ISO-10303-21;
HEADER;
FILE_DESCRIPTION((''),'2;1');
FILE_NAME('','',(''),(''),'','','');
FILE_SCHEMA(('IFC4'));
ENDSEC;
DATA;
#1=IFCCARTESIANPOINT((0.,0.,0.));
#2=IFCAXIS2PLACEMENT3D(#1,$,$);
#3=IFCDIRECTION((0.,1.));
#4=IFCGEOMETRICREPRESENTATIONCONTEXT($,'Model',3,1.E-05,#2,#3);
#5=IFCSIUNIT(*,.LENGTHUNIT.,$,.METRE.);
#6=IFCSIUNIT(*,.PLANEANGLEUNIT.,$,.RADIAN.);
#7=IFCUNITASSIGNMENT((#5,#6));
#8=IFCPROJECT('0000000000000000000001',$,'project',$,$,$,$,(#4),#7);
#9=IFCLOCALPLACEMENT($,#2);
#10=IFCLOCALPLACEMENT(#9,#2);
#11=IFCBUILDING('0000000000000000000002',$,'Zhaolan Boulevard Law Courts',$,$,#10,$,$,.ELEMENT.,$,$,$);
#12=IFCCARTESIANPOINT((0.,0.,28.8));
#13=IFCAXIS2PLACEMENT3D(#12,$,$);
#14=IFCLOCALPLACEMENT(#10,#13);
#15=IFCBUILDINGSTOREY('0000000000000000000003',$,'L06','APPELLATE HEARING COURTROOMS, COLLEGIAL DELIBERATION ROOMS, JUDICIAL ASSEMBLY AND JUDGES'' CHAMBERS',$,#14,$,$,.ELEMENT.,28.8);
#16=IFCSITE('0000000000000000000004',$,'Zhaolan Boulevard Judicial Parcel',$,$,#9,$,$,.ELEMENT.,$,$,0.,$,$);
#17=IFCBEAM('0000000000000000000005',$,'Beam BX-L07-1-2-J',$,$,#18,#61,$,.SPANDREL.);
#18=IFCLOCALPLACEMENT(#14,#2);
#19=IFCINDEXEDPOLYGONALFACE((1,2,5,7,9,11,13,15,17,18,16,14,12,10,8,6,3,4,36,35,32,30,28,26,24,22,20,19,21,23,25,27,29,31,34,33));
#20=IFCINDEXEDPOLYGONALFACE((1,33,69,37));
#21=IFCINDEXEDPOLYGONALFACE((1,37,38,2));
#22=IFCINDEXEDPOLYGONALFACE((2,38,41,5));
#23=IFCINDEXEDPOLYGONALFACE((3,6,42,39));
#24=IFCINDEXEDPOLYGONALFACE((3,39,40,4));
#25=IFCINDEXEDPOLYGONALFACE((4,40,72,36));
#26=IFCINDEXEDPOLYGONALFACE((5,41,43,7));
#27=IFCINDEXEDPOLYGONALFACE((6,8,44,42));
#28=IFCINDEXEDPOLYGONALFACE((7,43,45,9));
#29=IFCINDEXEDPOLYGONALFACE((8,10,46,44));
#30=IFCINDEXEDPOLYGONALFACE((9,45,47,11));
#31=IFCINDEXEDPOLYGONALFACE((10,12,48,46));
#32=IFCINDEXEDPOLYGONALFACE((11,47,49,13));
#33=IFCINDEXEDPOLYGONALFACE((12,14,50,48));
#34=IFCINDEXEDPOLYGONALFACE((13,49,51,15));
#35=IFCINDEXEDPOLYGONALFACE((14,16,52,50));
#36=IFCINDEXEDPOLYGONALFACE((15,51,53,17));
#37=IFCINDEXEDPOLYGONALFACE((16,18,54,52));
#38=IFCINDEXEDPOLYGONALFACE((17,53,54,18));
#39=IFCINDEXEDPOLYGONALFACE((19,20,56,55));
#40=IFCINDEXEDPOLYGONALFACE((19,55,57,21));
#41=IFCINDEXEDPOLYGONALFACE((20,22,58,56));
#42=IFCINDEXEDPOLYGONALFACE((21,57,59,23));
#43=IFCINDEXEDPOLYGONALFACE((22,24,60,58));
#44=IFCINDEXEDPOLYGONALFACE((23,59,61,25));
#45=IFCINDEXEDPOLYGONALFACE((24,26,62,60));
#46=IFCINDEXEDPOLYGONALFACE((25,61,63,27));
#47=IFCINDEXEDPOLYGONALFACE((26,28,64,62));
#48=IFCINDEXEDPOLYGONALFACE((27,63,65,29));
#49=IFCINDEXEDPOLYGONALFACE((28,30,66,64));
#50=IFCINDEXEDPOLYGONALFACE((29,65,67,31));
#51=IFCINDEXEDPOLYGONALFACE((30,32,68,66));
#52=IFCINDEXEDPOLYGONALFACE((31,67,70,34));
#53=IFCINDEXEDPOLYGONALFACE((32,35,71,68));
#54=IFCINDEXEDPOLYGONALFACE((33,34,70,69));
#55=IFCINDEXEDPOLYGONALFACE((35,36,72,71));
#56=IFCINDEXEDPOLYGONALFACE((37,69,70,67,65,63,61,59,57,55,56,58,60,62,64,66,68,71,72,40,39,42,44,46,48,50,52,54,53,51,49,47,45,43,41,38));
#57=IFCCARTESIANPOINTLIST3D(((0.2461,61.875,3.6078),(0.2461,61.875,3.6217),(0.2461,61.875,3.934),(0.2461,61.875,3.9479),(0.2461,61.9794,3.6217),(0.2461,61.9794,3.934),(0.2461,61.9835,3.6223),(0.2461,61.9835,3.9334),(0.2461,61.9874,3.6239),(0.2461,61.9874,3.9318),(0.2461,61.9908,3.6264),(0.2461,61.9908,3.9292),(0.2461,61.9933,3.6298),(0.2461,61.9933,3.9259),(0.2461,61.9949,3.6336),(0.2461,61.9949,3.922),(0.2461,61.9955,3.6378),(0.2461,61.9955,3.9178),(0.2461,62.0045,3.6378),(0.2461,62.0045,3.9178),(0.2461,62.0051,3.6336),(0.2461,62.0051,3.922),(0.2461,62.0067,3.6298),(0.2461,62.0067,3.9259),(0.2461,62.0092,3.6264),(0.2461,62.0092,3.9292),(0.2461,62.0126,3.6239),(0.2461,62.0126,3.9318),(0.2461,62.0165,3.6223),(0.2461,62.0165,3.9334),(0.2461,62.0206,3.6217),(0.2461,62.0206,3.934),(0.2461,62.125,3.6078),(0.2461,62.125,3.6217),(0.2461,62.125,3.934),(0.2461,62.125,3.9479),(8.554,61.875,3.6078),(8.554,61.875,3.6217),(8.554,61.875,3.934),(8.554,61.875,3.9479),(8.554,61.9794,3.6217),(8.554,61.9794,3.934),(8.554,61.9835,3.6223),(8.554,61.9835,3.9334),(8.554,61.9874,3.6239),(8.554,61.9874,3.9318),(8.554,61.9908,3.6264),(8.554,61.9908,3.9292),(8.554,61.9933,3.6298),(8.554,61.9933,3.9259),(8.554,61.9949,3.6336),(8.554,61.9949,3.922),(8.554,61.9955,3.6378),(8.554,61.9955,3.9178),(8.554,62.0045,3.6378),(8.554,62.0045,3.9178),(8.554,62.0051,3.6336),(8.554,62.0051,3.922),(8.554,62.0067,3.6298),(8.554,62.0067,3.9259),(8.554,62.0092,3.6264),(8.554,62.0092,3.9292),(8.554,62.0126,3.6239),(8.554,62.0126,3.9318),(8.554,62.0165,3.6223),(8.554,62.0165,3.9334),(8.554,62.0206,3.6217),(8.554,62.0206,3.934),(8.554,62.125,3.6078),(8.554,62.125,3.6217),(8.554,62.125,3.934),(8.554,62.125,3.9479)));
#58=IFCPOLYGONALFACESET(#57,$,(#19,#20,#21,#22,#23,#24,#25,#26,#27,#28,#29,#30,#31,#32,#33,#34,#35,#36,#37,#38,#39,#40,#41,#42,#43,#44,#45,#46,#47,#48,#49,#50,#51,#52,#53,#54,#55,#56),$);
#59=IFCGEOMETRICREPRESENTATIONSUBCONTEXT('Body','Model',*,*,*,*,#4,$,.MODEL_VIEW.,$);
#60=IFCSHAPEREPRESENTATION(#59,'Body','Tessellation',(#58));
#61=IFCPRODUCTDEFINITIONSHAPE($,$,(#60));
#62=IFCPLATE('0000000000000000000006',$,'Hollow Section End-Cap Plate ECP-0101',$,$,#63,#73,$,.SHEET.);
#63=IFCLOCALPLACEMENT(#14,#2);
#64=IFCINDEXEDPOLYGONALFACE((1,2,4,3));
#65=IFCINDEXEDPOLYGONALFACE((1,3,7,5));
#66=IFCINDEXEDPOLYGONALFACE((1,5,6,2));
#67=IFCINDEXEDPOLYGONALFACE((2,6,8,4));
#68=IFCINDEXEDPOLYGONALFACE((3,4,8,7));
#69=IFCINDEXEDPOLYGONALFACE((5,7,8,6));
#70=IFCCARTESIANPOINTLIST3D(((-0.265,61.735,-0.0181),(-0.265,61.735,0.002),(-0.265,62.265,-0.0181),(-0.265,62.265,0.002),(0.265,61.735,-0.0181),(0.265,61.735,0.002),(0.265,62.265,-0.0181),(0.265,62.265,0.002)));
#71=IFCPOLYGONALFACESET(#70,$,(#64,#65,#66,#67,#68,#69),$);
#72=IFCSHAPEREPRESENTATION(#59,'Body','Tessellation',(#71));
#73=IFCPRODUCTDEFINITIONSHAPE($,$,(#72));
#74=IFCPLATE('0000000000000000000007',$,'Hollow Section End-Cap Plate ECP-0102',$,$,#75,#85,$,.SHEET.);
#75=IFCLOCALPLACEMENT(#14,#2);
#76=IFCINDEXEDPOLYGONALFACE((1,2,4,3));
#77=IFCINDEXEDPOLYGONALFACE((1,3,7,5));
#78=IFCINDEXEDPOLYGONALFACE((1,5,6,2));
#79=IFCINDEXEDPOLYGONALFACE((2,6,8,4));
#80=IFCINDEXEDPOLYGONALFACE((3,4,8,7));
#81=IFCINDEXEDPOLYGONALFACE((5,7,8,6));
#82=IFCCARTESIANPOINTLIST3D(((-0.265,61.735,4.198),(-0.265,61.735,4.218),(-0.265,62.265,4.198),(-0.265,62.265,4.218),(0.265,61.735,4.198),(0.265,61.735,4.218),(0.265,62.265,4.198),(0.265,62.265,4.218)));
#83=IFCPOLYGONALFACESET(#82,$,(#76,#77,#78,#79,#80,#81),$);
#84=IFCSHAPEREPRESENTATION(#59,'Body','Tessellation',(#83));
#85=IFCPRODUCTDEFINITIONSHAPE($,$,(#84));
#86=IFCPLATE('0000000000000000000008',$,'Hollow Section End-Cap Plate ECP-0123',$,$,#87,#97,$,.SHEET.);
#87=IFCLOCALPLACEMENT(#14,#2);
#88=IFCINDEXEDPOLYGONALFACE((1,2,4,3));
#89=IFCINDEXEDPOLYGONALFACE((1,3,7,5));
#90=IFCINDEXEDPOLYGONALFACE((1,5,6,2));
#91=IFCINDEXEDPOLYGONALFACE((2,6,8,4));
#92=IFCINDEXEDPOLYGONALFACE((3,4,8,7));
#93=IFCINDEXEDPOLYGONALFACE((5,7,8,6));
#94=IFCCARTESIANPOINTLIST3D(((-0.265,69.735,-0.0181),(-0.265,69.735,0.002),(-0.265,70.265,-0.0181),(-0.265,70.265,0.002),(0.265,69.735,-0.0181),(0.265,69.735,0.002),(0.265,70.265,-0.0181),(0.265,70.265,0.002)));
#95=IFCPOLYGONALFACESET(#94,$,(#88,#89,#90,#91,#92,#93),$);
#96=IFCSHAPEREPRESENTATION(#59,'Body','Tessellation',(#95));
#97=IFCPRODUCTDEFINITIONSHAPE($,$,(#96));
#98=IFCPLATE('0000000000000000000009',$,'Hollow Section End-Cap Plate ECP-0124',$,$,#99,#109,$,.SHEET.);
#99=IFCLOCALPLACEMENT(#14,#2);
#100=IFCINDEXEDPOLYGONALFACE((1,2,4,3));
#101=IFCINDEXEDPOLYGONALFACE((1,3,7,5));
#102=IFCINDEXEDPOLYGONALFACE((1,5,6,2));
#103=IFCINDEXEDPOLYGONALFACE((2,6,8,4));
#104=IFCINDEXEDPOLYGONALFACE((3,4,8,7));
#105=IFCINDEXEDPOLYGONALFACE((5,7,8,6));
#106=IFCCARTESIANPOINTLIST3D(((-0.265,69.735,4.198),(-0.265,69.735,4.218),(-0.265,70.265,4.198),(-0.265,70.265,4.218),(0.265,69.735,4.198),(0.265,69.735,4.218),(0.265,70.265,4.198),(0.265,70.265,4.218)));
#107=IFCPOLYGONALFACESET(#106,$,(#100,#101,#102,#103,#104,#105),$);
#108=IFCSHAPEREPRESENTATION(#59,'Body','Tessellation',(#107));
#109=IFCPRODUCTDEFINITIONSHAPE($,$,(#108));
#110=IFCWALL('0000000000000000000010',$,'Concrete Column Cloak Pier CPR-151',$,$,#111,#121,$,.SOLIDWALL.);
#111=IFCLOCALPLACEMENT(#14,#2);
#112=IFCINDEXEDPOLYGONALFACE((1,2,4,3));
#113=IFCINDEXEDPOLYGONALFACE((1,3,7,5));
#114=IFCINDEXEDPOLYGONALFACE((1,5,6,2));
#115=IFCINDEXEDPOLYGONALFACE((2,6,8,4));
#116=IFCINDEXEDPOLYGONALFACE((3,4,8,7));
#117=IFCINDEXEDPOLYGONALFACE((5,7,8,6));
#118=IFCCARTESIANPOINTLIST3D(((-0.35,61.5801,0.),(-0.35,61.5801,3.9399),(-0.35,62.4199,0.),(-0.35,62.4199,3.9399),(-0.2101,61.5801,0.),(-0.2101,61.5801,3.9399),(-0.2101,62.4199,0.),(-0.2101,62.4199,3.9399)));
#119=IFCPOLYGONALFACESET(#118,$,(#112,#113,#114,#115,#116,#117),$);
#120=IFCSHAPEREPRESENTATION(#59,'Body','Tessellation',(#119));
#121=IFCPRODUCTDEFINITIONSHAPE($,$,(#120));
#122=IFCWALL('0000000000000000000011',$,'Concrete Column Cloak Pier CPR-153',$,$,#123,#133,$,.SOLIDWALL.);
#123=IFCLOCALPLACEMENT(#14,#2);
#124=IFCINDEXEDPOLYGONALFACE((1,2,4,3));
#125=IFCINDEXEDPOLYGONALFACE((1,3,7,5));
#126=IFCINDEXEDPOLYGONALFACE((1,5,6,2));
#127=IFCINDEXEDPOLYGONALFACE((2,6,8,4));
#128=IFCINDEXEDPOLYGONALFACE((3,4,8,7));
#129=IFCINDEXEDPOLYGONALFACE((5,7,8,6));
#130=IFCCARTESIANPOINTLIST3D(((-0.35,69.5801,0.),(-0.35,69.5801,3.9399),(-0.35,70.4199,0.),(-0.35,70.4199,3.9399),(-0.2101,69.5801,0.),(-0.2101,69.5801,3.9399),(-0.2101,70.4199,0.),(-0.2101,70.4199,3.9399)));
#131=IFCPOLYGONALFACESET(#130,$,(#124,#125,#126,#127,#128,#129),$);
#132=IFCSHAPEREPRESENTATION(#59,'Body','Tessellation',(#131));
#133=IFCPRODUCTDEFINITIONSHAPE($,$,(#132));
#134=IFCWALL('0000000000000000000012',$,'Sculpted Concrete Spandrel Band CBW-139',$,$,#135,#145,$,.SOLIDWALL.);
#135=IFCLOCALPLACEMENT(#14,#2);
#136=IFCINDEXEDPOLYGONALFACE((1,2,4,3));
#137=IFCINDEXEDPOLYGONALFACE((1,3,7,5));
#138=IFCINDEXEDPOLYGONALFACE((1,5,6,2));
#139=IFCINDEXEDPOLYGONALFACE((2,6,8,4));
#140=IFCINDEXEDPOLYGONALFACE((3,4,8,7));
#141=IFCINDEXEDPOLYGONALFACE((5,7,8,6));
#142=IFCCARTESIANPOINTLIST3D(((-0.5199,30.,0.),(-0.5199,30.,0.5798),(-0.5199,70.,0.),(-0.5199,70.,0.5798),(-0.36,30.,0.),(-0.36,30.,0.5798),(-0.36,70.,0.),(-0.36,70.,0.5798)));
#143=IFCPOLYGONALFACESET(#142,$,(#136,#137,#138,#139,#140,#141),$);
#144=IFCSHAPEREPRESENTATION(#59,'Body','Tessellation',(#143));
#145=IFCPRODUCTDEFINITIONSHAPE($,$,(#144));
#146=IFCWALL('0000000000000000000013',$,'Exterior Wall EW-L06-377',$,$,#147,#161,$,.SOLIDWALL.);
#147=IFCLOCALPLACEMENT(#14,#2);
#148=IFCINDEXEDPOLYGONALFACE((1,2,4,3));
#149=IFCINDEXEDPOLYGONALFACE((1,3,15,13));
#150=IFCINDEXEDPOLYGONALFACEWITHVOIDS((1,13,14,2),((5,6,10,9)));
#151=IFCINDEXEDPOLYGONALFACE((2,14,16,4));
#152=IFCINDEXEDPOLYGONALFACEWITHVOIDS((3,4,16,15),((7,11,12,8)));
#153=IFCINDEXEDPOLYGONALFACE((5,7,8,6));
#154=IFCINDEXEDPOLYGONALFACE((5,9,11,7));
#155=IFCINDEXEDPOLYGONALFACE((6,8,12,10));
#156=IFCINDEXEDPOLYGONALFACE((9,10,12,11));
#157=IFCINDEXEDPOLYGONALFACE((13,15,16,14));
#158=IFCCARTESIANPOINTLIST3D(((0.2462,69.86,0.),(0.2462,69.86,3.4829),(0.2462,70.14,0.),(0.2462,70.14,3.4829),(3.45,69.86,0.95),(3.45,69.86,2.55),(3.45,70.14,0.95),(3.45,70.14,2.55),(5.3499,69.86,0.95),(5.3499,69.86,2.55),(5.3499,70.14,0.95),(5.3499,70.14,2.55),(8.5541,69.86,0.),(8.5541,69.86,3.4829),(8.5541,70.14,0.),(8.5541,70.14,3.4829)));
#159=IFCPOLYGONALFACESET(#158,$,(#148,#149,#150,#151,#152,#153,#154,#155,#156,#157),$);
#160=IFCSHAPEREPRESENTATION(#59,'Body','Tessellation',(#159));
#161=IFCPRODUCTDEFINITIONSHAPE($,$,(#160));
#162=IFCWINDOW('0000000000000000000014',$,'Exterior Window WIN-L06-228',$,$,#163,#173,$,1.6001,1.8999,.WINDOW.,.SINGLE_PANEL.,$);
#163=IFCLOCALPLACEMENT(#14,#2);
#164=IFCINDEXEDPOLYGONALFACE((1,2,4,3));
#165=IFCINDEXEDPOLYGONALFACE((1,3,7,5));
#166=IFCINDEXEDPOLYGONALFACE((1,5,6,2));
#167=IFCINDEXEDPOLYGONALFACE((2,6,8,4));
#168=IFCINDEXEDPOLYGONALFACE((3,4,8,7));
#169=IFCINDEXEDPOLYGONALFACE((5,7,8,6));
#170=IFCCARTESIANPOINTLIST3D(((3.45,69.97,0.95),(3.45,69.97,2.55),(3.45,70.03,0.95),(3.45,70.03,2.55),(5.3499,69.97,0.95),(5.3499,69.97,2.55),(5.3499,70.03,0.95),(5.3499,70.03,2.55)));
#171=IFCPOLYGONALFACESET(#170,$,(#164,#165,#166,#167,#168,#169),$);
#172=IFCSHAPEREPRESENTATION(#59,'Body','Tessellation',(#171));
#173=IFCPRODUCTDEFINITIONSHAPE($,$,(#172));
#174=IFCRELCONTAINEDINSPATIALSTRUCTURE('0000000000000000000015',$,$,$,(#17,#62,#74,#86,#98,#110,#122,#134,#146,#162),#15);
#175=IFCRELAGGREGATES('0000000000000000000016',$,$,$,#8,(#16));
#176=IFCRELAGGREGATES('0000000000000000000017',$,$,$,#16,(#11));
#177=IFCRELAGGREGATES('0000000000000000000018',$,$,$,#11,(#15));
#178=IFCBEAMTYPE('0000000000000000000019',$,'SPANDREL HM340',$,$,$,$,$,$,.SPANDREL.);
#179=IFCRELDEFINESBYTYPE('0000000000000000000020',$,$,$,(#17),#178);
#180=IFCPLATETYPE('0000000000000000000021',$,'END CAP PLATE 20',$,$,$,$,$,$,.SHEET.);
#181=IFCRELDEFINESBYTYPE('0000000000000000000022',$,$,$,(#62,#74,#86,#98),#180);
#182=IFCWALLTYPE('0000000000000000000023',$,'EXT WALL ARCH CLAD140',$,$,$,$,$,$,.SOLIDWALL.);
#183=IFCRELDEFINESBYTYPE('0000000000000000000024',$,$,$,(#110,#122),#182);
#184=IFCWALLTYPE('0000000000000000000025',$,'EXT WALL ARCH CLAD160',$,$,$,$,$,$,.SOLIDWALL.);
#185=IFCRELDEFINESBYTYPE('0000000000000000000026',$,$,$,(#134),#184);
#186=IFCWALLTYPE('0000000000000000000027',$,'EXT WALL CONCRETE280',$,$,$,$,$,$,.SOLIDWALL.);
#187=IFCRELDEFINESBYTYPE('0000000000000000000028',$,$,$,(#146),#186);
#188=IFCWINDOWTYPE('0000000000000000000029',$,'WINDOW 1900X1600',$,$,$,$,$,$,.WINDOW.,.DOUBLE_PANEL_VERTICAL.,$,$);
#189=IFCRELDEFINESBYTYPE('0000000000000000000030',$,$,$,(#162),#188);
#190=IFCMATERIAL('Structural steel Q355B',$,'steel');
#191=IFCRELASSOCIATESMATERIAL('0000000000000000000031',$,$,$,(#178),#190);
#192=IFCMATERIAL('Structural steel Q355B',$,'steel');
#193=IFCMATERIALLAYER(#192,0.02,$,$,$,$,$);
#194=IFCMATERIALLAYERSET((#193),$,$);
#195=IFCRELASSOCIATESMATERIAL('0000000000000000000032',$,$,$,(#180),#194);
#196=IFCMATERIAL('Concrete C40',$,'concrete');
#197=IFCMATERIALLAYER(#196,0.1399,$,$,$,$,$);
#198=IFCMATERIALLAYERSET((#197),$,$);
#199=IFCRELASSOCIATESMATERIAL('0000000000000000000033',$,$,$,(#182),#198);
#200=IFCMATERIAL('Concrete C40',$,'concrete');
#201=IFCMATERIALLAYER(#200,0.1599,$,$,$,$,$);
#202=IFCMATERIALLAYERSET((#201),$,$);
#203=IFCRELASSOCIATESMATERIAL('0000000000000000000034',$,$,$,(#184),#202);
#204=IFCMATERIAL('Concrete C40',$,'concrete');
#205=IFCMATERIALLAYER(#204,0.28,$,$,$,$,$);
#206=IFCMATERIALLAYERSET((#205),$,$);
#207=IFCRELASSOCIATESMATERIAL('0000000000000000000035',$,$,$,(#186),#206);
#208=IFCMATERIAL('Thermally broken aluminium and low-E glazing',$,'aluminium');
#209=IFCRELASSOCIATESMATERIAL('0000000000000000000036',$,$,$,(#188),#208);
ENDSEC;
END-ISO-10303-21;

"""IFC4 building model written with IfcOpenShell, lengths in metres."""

from ifc_helpers import new_model, si_unit, direction, frame, frame_2d, origin, origin_2d, place, context, subcontext, project, spatial, rectangle, i_section, extrude, material, layer, layer_set, material_profile, profile_set, type_object, element, fill, save


model = new_model("IFC4")

# Units and contexts
model_context = context("Model", 3, precision=1e-05, world=origin(), true_north=direction((0.0, 1.0)))
body_context = subcontext(model_context, "Body", "Model", "MODEL_VIEW")
ifc_project = project(units=[si_unit("LENGTHUNIT", "METRE"), si_unit("PLANEANGLEUNIT", "RADIAN")], contexts=[model_context])

# Site, building, storey
site_placement = place(None, origin())
site = spatial("IfcSite", under=ifc_project, at=site_placement, Name="Zhaolan Boulevard Judicial Parcel", CompositionType="ELEMENT", RefElevation=0.0)
building_placement = place(site_placement, origin())
building = spatial("IfcBuilding", under=site, at=building_placement, Name="Zhaolan Boulevard Law Courts", CompositionType="ELEMENT")
storey_placement = place(building_placement, frame((0.0, 0.0, 28.8)))
storey = spatial("IfcBuildingStorey", under=building, at=storey_placement, Name="L06", Description="APPELLATE HEARING COURTROOMS, COLLEGIAL DELIBERATION ROOMS, JUDICIAL ASSEMBLY AND JUDGES' CHAMBERS", CompositionType="ELEMENT", Elevation=28.8)

# Beam
ifc_material_1 = material(Name="Structural steel Q355B", Category="steel")
ifc_material_profile_1 = material_profile(ifc_material_1, i_section(OverallWidth=0.25, OverallDepth=0.3401, WebThickness=0.009, FlangeThickness=0.0139, FilletRadius=0.0161, at=origin_2d()), Name="HM340x250")
ifc_profile_set_1 = profile_set([ifc_material_profile_1], Name="Structural steel Q355B")
beam_type_1 = type_object("IfcBeamType", Name="SPANDREL HM340", PredefinedType="SPANDREL", material=ifc_profile_set_1)
beam_1_placement = place(storey_placement, frame((0.2461, 62.0, 3.7778), z_axis=(1.0, 0.0, 0.0), x_axis=(0.0, 1.0, 0.0)))
element("IfcBeam", 1, at=beam_1_placement, inside=storey, type_object=beam_type_1, Name="Beam BX-L07-1-2-J", PredefinedType="SPANDREL", context=body_context, shape_type="SweptSolid", body=[
    extrude(i_section(OverallWidth=0.25, OverallDepth=0.3401, WebThickness=0.009, FlangeThickness=0.0139, FilletRadius=0.0161, at=origin_2d()), origin(), (0.0, 0.0, 1.0), 8.3079),
])

# Plates
ifc_material_2 = material(Name="Structural steel Q355B", Category="steel")
ifc_layer_1 = layer(ifc_material_2, 0.02)
ifc_layer_set_1 = layer_set([ifc_layer_1])
plate_type = type_object("IfcPlateType", Name="END CAP PLATE 20", PredefinedType="SHEET", material=ifc_layer_set_1)
for number, where, z_axis, x_axis, name in (
    (2, (0.0, 62.0, -0.0181), (0.0, 0.0, 1.0), (1.0, 0.0, 0.0), "Hollow Section End-Cap Plate ECP-0101"),
    (3, (0.0, 62.0, 4.198), (0.0, 0.0, 1.0), (1.0, 0.0, 0.0), "Hollow Section End-Cap Plate ECP-0102"),
    (4, (0.0, 70.0, -0.0181), (0.0, 0.0, 1.0), (1.0, 0.0, 0.0), "Hollow Section End-Cap Plate ECP-0123"),
    (5, (0.0, 70.0, 4.198), (0.0, 0.0, 1.0), (1.0, 0.0, 0.0), "Hollow Section End-Cap Plate ECP-0124"),
):
    element("IfcPlate", number, at=place(storey_placement, frame(where, z_axis=z_axis, x_axis=x_axis)), inside=storey, type_object=plate_type, Name=name, PredefinedType="SHEET", context=body_context, shape_type="SweptSolid", body=[
        extrude(rectangle(XDim=0.53, YDim=0.53, at=origin_2d()), origin(), (0.0, 0.0, 1.0), 0.02),
    ])

# Walls
ifc_material_3 = material(Name="Concrete C40", Category="concrete")
ifc_layer_2 = layer(ifc_material_3, 0.1399)
ifc_layer_set_2 = layer_set([ifc_layer_2])
wall_type_1 = type_object("IfcWallType", Name="EXT WALL ARCH CLAD140", PredefinedType="SOLIDWALL", material=ifc_layer_set_2)
for number, where, z_axis, x_axis, name in (
    (6, (-0.28, 61.5801, 0.0), (0.0, 0.0, 1.0), (0.0, 1.0, 0.0), "Concrete Column Cloak Pier CPR-151"),
    (7, (-0.28, 69.5801, 0.0), (0.0, 0.0, 1.0), (0.0, 1.0, 0.0), "Concrete Column Cloak Pier CPR-153"),
):
    element("IfcWall", number, at=place(storey_placement, frame(where, z_axis=z_axis, x_axis=x_axis)), inside=storey, type_object=wall_type_1, Name=name, PredefinedType="SOLIDWALL", context=body_context, shape_type="SweptSolid", body=[
        extrude(rectangle(XDim=0.8398, YDim=0.1399, at=frame_2d((0.4199, 0.0))), origin(), (0.0, 0.0, 1.0), 3.9399),
    ])
ifc_material_4 = material(Name="Concrete C40", Category="concrete")
ifc_layer_3 = layer(ifc_material_4, 0.1599)
ifc_layer_set_3 = layer_set([ifc_layer_3])
wall_type_2 = type_object("IfcWallType", Name="EXT WALL ARCH CLAD160", PredefinedType="SOLIDWALL", material=ifc_layer_set_3)
wall_1_placement = place(storey_placement, frame((-0.4399, 70.0, 0.0), z_axis=(0.0, 0.0, 1.0), x_axis=(0.0, -1.0, 0.0)))
element("IfcWall", 8, at=wall_1_placement, inside=storey, type_object=wall_type_2, Name="Sculpted Concrete Spandrel Band CBW-139", PredefinedType="SOLIDWALL", context=body_context, shape_type="SweptSolid", body=[
    extrude(rectangle(XDim=40.0, YDim=0.1599, at=frame_2d((20.0, 0.0))), origin(), (0.0, 0.0, 1.0), 0.5798),
])

# Wall, opening, window
ifc_material_5 = material(Name="Concrete C40", Category="concrete")
ifc_layer_4 = layer(ifc_material_5, 0.28)
ifc_layer_set_4 = layer_set([ifc_layer_4])
wall_type_3 = type_object("IfcWallType", Name="EXT WALL CONCRETE280", PredefinedType="SOLIDWALL", material=ifc_layer_set_4)
wall_2_placement = place(storey_placement, frame((8.554, 70.0, 0.0), z_axis=(0.0, 0.0, 1.0), x_axis=(-1.0, 0.0, 0.0)))
wall_2 = element("IfcWall", 9, at=wall_2_placement, inside=storey, type_object=wall_type_3, Name="Exterior Wall EW-L06-377", PredefinedType="SOLIDWALL", context=body_context, shape_type="SweptSolid", body=[
    extrude(rectangle(XDim=8.3079, YDim=0.28, at=frame_2d((4.1538, 0.0))), origin(), (0.0, 0.0, 1.0), 3.4829),
])
opening_1_placement = place(wall_2_placement, frame((3.2041, 0.0, 0.95)))
opening_1 = element("IfcOpeningElement", 10, at=opening_1_placement, cuts=wall_2, PredefinedType="OPENING", context=body_context, shape_type="SweptSolid", body=[
    extrude(rectangle(XDim=1.8999, YDim=1.6001, at=frame_2d((0.95, 0.8))), frame((0.0, 0.1499, 0.0), z_axis=(0.0, -1.0, 0.0), x_axis=(1.0, 0.0, 0.0)), (0.0, 0.0, 1.0), 0.3),
])
ifc_material_6 = material(Name="Thermally broken aluminium and low-E glazing", Category="aluminium")
window_type_1 = type_object("IfcWindowType", Name="WINDOW 1900X1600", PartitioningType="DOUBLE_PANEL_VERTICAL", PredefinedType="WINDOW", material=ifc_material_6)
window_1_placement = place(opening_1_placement, origin())
window_1 = element("IfcWindow", 11, at=window_1_placement, inside=storey, type_object=window_type_1, Name="Exterior Window WIN-L06-228", OverallHeight=1.6001, OverallWidth=1.8999, PartitioningType="SINGLE_PANEL", PredefinedType="WINDOW", context=body_context, shape_type="SweptSolid", body=[
    extrude(rectangle(XDim=1.8999, YDim=1.6001, at=frame_2d((0.95, 0.8))), frame((0.0, 0.03, 0.0), z_axis=(0.0, -1.0, 0.0), x_axis=(1.0, 0.0, 0.0)), (0.0, 0.0, 1.0), 0.0601),
])
fill(opening_1, window_1)

save(model, "model.ifc")
